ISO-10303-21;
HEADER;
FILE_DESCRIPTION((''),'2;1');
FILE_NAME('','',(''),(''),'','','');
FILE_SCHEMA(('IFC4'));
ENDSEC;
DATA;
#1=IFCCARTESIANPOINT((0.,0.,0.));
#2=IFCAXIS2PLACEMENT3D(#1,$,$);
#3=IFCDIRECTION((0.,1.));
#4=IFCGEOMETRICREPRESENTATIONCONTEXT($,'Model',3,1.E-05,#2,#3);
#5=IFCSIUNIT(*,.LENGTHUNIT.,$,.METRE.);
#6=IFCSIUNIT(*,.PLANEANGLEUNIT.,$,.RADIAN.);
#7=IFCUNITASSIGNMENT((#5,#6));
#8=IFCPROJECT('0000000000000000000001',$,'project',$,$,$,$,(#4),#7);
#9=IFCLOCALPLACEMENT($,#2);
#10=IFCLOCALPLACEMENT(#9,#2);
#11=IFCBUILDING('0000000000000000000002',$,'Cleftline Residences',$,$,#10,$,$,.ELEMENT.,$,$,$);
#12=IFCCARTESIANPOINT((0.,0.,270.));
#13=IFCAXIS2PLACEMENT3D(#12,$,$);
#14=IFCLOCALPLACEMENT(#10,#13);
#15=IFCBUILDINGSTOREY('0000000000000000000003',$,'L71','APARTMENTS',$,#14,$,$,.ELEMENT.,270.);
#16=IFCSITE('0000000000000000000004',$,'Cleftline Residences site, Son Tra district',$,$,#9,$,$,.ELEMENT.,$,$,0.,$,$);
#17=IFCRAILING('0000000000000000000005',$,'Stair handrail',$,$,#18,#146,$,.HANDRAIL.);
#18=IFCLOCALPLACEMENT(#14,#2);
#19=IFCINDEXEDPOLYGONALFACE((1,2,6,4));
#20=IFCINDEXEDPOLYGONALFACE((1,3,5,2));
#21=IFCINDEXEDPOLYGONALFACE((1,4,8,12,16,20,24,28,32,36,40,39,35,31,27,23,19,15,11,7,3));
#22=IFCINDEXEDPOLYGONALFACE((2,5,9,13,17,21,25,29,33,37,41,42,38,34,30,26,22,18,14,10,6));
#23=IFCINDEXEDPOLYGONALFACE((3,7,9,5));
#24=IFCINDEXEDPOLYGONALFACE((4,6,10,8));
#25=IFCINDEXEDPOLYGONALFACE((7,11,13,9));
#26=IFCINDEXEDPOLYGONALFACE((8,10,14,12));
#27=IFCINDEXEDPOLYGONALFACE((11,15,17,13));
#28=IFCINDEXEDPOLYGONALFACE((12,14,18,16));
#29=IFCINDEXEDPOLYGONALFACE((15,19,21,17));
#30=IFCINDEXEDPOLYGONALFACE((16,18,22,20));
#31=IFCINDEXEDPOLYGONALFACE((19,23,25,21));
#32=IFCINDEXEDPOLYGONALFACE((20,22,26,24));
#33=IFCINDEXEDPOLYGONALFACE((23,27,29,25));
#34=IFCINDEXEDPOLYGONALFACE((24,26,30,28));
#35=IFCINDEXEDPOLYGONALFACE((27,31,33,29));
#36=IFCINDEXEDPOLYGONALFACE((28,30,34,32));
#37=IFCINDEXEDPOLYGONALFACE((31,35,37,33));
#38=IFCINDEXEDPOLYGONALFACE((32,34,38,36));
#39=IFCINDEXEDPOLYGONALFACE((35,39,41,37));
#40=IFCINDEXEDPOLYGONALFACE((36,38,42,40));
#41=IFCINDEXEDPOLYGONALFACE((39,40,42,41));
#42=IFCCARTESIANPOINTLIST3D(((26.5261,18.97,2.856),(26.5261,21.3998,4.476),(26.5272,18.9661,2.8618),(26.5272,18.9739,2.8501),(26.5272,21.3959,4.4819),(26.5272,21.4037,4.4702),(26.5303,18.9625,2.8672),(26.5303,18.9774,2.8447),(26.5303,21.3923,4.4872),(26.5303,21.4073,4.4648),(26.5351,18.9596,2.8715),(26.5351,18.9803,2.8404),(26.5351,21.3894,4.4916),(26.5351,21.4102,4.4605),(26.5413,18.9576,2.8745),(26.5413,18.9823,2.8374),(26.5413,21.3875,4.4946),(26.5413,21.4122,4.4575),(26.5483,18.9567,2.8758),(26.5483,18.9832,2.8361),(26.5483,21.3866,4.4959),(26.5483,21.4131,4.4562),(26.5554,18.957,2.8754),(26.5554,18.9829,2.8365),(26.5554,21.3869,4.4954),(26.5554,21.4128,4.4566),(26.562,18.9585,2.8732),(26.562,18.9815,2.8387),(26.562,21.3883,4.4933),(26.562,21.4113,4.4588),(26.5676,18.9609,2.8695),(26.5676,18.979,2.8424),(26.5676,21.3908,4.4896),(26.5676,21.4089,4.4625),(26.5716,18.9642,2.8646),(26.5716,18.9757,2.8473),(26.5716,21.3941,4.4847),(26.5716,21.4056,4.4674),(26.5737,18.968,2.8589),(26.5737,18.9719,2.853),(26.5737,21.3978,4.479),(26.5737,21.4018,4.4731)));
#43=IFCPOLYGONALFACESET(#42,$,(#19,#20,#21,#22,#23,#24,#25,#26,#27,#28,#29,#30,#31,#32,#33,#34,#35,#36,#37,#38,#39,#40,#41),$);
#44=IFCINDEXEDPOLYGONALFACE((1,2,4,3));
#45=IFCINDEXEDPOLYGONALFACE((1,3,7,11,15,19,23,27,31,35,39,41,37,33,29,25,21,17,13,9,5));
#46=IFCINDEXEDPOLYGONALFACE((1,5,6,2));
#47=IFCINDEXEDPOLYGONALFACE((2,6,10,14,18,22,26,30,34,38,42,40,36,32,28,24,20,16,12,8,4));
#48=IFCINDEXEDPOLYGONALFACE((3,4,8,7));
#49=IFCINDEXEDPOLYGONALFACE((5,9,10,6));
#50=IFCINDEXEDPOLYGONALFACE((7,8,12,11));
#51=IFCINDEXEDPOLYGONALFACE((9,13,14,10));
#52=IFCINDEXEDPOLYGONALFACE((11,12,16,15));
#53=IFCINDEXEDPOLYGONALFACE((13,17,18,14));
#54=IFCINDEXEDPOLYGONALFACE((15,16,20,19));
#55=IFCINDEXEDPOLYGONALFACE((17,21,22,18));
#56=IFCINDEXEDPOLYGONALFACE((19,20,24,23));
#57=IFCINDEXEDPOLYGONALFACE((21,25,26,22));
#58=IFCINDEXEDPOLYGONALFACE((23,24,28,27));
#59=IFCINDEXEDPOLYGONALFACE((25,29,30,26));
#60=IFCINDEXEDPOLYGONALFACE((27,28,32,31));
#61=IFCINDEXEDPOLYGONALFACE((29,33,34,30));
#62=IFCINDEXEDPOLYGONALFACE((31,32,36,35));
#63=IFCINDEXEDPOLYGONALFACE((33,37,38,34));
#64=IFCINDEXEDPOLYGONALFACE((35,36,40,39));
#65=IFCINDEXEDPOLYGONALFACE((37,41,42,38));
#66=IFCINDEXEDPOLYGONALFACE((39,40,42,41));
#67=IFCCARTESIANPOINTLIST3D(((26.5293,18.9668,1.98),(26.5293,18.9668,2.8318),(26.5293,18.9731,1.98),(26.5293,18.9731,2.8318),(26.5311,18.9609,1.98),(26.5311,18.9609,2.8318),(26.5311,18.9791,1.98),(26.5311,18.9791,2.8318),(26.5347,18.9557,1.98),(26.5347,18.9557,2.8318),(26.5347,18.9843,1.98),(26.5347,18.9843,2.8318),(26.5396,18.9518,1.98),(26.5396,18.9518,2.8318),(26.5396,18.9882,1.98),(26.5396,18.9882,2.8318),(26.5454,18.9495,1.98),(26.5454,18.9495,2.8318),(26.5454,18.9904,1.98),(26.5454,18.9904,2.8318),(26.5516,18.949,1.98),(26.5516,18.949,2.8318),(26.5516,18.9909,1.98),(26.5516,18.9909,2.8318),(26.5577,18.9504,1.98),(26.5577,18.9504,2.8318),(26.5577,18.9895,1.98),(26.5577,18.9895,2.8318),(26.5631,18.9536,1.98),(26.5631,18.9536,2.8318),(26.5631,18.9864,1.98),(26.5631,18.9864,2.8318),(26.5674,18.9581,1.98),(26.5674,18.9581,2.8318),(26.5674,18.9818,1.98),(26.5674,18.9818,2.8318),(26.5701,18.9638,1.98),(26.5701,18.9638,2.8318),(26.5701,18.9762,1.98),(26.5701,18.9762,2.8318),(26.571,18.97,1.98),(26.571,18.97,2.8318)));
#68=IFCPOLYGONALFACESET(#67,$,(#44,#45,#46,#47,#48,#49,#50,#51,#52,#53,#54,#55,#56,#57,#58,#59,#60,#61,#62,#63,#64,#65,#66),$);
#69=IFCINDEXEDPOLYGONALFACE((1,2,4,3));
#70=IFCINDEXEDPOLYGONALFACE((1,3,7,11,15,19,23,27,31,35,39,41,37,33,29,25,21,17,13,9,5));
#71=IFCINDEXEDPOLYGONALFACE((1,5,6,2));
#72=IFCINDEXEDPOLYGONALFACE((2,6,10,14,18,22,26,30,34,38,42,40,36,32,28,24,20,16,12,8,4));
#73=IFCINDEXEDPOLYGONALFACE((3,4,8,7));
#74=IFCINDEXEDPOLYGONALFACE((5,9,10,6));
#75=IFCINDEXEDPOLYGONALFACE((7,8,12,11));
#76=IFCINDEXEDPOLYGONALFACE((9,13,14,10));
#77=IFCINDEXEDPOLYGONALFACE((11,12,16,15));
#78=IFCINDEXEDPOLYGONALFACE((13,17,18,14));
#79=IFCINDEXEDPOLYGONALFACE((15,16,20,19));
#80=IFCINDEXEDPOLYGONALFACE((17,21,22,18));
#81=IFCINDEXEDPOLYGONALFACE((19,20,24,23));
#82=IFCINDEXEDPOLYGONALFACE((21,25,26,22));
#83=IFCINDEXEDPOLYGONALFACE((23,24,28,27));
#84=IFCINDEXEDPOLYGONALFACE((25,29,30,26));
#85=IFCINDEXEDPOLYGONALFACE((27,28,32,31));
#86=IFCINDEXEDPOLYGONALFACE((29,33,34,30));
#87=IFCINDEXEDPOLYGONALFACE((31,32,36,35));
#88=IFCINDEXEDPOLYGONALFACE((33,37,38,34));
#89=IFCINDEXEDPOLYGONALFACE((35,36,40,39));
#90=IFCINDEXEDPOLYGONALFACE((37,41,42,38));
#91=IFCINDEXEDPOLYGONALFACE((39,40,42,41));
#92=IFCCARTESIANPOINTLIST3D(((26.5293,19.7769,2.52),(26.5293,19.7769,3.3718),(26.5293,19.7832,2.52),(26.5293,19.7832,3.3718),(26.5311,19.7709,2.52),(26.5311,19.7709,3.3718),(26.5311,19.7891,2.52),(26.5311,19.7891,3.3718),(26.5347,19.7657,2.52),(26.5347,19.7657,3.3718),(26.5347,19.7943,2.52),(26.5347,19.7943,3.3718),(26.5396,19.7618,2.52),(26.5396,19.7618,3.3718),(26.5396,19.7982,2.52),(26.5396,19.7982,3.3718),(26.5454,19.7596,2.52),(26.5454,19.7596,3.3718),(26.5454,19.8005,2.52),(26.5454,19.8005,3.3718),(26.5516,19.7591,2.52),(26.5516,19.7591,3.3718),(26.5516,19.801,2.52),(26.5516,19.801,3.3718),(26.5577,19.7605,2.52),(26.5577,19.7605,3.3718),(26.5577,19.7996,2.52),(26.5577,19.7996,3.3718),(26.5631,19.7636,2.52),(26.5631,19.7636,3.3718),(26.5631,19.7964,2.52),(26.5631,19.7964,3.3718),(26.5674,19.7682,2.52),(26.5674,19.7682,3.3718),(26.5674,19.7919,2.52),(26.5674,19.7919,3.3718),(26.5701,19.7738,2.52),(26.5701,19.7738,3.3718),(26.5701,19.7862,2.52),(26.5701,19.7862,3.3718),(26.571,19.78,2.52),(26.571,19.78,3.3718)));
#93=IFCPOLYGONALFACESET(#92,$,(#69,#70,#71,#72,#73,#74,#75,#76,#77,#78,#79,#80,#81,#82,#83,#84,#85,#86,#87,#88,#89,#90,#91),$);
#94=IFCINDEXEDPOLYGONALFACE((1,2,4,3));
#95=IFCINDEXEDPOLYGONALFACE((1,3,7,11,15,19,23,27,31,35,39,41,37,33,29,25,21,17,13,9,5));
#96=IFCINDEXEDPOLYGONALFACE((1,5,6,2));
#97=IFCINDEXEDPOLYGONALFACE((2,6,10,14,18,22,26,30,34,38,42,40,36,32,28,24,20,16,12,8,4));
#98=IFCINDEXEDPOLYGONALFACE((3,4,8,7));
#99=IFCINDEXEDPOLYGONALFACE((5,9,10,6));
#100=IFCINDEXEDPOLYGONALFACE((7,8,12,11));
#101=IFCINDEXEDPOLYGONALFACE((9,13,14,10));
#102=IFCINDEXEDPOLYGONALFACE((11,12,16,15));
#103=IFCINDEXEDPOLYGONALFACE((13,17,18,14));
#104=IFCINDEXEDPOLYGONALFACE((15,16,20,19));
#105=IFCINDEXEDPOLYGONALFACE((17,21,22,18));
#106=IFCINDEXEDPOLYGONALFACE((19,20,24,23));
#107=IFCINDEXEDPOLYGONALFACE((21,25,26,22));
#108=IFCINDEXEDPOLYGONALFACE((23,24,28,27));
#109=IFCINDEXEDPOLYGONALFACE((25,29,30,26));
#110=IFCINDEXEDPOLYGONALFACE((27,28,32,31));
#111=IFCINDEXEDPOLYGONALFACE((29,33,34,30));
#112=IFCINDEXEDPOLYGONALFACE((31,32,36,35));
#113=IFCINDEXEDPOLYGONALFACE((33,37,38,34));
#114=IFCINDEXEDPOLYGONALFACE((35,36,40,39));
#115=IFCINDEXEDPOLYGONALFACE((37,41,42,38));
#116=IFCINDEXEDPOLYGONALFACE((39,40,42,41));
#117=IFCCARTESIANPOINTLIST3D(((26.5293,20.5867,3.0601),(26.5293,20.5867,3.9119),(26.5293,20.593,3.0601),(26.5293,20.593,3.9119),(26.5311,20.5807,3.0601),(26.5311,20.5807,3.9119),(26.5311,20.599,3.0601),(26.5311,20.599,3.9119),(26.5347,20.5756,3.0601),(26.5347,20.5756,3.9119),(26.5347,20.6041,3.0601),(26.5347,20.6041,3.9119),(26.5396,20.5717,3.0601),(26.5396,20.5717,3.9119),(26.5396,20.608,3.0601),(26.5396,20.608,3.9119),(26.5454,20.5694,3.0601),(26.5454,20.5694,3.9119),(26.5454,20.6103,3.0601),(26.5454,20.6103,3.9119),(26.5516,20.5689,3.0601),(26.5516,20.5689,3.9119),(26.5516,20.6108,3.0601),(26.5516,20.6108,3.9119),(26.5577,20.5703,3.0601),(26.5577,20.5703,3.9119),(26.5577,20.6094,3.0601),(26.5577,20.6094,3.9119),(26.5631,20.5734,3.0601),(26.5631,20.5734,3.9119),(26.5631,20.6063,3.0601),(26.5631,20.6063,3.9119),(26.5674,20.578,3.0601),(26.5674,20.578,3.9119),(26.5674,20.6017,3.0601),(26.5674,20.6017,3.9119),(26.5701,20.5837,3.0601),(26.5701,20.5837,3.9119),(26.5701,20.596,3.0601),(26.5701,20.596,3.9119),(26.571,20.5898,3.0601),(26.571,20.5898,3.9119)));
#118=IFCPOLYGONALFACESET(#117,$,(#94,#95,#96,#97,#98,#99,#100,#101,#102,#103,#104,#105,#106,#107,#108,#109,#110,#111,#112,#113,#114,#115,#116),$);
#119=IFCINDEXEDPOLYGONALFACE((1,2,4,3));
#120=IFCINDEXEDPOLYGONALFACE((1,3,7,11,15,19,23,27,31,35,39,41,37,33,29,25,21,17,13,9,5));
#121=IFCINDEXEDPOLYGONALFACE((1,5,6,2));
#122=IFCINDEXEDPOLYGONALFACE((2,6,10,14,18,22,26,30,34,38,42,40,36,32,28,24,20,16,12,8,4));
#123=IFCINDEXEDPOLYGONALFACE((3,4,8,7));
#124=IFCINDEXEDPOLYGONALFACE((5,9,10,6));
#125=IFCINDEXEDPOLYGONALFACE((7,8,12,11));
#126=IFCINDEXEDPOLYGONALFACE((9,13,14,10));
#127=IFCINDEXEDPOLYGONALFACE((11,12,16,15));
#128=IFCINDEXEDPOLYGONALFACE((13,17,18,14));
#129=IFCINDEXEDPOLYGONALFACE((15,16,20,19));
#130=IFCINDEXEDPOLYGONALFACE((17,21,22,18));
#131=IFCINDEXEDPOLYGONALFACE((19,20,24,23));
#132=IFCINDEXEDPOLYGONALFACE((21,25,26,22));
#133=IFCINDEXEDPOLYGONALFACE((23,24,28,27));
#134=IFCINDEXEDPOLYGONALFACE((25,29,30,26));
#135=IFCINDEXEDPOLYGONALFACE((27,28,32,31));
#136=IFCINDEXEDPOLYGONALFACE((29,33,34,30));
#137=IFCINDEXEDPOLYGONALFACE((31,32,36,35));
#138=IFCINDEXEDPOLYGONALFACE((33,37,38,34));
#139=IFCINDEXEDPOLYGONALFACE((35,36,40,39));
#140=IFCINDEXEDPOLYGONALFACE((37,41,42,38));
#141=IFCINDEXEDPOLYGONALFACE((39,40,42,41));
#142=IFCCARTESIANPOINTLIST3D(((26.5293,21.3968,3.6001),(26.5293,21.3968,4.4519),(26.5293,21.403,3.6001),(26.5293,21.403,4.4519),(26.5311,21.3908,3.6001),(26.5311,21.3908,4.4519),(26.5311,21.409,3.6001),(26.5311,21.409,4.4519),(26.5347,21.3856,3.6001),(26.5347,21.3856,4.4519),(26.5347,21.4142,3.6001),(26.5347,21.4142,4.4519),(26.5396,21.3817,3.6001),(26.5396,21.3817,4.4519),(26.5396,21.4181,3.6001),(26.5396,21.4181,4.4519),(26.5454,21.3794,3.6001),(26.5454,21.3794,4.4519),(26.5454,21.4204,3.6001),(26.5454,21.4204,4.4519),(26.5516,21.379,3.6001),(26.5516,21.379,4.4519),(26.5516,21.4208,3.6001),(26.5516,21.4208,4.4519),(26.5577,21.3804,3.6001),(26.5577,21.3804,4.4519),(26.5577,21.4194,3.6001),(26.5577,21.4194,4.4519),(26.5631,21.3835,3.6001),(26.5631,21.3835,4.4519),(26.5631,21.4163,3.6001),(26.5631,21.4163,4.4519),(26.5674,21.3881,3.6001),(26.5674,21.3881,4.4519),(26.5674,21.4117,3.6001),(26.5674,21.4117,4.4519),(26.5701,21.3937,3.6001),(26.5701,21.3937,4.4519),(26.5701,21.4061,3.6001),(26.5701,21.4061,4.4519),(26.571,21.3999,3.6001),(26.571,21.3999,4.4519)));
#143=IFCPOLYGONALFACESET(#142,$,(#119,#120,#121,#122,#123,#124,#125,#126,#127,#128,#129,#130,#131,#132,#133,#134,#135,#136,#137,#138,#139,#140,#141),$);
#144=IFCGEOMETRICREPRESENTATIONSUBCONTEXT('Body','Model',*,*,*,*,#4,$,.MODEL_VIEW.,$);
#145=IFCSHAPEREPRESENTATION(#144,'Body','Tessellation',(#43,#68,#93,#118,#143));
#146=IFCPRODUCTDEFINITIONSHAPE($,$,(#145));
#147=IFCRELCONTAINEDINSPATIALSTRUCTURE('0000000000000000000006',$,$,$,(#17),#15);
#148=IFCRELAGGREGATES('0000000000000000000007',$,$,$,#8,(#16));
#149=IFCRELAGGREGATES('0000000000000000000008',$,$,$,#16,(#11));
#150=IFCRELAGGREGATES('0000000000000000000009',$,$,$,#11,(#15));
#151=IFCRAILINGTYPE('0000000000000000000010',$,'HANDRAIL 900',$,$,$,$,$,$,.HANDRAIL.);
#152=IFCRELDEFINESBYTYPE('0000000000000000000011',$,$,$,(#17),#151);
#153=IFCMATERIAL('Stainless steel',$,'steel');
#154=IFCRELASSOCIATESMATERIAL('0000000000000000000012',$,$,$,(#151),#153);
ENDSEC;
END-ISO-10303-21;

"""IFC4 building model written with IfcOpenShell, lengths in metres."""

from ifc_helpers import new_model, si_unit, direction, frame, origin, origin_2d, place, context, subcontext, project, spatial, circle, extrude, material, type_object, element, save


model = new_model("IFC4")

# Units and contexts
model_context = context("Model", 3, precision=1e-05, world=origin(), true_north=direction((0.0, 1.0)))
body_context = subcontext(model_context, "Body", "Model", "MODEL_VIEW")
ifc_project = project(units=[si_unit("LENGTHUNIT", "METRE"), si_unit("PLANEANGLEUNIT", "RADIAN")], contexts=[model_context])

# Site, building, storey
site_placement = place(None, origin())
site = spatial("IfcSite", under=ifc_project, at=site_placement, Name="Cleftline Residences site, Son Tra district", CompositionType="ELEMENT", RefElevation=0.0)
building_placement = place(site_placement, origin())
building = spatial("IfcBuilding", under=site, at=building_placement, Name="Cleftline Residences", CompositionType="ELEMENT")
storey_placement = place(building_placement, frame((0.0, 0.0, 270.0)))
storey = spatial("IfcBuildingStorey", under=building, at=storey_placement, Name="L71", Description="APARTMENTS", CompositionType="ELEMENT", Elevation=270.0)

# Railing
ifc_material_1 = material(Name="Stainless steel", Category="steel")
railing_type = type_object("IfcRailingType", Name="HANDRAIL 900", PredefinedType="HANDRAIL", material=ifc_material_1)
railing_1_placement = place(storey_placement, frame((26.55, 18.97, 1.98)))
element("IfcRailing", 1, at=railing_1_placement, inside=storey, type_object=railing_type, Name="Stair handrail", PredefinedType="HANDRAIL", context=body_context, shape_type="SweptSolid", body=[
    extrude(circle(Radius=0.0239, at=origin_2d()), frame((0.0, 0.0, 0.876), z_axis=(0.0, 0.832025, 0.554739), x_axis=(-1.0, 0.0, 0.0)), (0.0, 0.0, 1.0), 2.9204),
    extrude(circle(Radius=0.021, at=origin_2d()), origin(), (0.0, 0.0, 1.0), 0.8518),
    extrude(circle(Radius=0.021, at=origin_2d()), frame((0.0, 0.8101, 0.54)), (0.0, 0.0, 1.0), 0.8518),
    extrude(circle(Radius=0.021, at=origin_2d()), frame((0.0, 1.6199, 1.0801)), (0.0, 0.0, 1.0), 0.8518),
    extrude(circle(Radius=0.021, at=origin_2d()), frame((0.0, 2.4299, 1.6201)), (0.0, 0.0, 1.0), 0.8518),
])

save(model, "model.ifc")
